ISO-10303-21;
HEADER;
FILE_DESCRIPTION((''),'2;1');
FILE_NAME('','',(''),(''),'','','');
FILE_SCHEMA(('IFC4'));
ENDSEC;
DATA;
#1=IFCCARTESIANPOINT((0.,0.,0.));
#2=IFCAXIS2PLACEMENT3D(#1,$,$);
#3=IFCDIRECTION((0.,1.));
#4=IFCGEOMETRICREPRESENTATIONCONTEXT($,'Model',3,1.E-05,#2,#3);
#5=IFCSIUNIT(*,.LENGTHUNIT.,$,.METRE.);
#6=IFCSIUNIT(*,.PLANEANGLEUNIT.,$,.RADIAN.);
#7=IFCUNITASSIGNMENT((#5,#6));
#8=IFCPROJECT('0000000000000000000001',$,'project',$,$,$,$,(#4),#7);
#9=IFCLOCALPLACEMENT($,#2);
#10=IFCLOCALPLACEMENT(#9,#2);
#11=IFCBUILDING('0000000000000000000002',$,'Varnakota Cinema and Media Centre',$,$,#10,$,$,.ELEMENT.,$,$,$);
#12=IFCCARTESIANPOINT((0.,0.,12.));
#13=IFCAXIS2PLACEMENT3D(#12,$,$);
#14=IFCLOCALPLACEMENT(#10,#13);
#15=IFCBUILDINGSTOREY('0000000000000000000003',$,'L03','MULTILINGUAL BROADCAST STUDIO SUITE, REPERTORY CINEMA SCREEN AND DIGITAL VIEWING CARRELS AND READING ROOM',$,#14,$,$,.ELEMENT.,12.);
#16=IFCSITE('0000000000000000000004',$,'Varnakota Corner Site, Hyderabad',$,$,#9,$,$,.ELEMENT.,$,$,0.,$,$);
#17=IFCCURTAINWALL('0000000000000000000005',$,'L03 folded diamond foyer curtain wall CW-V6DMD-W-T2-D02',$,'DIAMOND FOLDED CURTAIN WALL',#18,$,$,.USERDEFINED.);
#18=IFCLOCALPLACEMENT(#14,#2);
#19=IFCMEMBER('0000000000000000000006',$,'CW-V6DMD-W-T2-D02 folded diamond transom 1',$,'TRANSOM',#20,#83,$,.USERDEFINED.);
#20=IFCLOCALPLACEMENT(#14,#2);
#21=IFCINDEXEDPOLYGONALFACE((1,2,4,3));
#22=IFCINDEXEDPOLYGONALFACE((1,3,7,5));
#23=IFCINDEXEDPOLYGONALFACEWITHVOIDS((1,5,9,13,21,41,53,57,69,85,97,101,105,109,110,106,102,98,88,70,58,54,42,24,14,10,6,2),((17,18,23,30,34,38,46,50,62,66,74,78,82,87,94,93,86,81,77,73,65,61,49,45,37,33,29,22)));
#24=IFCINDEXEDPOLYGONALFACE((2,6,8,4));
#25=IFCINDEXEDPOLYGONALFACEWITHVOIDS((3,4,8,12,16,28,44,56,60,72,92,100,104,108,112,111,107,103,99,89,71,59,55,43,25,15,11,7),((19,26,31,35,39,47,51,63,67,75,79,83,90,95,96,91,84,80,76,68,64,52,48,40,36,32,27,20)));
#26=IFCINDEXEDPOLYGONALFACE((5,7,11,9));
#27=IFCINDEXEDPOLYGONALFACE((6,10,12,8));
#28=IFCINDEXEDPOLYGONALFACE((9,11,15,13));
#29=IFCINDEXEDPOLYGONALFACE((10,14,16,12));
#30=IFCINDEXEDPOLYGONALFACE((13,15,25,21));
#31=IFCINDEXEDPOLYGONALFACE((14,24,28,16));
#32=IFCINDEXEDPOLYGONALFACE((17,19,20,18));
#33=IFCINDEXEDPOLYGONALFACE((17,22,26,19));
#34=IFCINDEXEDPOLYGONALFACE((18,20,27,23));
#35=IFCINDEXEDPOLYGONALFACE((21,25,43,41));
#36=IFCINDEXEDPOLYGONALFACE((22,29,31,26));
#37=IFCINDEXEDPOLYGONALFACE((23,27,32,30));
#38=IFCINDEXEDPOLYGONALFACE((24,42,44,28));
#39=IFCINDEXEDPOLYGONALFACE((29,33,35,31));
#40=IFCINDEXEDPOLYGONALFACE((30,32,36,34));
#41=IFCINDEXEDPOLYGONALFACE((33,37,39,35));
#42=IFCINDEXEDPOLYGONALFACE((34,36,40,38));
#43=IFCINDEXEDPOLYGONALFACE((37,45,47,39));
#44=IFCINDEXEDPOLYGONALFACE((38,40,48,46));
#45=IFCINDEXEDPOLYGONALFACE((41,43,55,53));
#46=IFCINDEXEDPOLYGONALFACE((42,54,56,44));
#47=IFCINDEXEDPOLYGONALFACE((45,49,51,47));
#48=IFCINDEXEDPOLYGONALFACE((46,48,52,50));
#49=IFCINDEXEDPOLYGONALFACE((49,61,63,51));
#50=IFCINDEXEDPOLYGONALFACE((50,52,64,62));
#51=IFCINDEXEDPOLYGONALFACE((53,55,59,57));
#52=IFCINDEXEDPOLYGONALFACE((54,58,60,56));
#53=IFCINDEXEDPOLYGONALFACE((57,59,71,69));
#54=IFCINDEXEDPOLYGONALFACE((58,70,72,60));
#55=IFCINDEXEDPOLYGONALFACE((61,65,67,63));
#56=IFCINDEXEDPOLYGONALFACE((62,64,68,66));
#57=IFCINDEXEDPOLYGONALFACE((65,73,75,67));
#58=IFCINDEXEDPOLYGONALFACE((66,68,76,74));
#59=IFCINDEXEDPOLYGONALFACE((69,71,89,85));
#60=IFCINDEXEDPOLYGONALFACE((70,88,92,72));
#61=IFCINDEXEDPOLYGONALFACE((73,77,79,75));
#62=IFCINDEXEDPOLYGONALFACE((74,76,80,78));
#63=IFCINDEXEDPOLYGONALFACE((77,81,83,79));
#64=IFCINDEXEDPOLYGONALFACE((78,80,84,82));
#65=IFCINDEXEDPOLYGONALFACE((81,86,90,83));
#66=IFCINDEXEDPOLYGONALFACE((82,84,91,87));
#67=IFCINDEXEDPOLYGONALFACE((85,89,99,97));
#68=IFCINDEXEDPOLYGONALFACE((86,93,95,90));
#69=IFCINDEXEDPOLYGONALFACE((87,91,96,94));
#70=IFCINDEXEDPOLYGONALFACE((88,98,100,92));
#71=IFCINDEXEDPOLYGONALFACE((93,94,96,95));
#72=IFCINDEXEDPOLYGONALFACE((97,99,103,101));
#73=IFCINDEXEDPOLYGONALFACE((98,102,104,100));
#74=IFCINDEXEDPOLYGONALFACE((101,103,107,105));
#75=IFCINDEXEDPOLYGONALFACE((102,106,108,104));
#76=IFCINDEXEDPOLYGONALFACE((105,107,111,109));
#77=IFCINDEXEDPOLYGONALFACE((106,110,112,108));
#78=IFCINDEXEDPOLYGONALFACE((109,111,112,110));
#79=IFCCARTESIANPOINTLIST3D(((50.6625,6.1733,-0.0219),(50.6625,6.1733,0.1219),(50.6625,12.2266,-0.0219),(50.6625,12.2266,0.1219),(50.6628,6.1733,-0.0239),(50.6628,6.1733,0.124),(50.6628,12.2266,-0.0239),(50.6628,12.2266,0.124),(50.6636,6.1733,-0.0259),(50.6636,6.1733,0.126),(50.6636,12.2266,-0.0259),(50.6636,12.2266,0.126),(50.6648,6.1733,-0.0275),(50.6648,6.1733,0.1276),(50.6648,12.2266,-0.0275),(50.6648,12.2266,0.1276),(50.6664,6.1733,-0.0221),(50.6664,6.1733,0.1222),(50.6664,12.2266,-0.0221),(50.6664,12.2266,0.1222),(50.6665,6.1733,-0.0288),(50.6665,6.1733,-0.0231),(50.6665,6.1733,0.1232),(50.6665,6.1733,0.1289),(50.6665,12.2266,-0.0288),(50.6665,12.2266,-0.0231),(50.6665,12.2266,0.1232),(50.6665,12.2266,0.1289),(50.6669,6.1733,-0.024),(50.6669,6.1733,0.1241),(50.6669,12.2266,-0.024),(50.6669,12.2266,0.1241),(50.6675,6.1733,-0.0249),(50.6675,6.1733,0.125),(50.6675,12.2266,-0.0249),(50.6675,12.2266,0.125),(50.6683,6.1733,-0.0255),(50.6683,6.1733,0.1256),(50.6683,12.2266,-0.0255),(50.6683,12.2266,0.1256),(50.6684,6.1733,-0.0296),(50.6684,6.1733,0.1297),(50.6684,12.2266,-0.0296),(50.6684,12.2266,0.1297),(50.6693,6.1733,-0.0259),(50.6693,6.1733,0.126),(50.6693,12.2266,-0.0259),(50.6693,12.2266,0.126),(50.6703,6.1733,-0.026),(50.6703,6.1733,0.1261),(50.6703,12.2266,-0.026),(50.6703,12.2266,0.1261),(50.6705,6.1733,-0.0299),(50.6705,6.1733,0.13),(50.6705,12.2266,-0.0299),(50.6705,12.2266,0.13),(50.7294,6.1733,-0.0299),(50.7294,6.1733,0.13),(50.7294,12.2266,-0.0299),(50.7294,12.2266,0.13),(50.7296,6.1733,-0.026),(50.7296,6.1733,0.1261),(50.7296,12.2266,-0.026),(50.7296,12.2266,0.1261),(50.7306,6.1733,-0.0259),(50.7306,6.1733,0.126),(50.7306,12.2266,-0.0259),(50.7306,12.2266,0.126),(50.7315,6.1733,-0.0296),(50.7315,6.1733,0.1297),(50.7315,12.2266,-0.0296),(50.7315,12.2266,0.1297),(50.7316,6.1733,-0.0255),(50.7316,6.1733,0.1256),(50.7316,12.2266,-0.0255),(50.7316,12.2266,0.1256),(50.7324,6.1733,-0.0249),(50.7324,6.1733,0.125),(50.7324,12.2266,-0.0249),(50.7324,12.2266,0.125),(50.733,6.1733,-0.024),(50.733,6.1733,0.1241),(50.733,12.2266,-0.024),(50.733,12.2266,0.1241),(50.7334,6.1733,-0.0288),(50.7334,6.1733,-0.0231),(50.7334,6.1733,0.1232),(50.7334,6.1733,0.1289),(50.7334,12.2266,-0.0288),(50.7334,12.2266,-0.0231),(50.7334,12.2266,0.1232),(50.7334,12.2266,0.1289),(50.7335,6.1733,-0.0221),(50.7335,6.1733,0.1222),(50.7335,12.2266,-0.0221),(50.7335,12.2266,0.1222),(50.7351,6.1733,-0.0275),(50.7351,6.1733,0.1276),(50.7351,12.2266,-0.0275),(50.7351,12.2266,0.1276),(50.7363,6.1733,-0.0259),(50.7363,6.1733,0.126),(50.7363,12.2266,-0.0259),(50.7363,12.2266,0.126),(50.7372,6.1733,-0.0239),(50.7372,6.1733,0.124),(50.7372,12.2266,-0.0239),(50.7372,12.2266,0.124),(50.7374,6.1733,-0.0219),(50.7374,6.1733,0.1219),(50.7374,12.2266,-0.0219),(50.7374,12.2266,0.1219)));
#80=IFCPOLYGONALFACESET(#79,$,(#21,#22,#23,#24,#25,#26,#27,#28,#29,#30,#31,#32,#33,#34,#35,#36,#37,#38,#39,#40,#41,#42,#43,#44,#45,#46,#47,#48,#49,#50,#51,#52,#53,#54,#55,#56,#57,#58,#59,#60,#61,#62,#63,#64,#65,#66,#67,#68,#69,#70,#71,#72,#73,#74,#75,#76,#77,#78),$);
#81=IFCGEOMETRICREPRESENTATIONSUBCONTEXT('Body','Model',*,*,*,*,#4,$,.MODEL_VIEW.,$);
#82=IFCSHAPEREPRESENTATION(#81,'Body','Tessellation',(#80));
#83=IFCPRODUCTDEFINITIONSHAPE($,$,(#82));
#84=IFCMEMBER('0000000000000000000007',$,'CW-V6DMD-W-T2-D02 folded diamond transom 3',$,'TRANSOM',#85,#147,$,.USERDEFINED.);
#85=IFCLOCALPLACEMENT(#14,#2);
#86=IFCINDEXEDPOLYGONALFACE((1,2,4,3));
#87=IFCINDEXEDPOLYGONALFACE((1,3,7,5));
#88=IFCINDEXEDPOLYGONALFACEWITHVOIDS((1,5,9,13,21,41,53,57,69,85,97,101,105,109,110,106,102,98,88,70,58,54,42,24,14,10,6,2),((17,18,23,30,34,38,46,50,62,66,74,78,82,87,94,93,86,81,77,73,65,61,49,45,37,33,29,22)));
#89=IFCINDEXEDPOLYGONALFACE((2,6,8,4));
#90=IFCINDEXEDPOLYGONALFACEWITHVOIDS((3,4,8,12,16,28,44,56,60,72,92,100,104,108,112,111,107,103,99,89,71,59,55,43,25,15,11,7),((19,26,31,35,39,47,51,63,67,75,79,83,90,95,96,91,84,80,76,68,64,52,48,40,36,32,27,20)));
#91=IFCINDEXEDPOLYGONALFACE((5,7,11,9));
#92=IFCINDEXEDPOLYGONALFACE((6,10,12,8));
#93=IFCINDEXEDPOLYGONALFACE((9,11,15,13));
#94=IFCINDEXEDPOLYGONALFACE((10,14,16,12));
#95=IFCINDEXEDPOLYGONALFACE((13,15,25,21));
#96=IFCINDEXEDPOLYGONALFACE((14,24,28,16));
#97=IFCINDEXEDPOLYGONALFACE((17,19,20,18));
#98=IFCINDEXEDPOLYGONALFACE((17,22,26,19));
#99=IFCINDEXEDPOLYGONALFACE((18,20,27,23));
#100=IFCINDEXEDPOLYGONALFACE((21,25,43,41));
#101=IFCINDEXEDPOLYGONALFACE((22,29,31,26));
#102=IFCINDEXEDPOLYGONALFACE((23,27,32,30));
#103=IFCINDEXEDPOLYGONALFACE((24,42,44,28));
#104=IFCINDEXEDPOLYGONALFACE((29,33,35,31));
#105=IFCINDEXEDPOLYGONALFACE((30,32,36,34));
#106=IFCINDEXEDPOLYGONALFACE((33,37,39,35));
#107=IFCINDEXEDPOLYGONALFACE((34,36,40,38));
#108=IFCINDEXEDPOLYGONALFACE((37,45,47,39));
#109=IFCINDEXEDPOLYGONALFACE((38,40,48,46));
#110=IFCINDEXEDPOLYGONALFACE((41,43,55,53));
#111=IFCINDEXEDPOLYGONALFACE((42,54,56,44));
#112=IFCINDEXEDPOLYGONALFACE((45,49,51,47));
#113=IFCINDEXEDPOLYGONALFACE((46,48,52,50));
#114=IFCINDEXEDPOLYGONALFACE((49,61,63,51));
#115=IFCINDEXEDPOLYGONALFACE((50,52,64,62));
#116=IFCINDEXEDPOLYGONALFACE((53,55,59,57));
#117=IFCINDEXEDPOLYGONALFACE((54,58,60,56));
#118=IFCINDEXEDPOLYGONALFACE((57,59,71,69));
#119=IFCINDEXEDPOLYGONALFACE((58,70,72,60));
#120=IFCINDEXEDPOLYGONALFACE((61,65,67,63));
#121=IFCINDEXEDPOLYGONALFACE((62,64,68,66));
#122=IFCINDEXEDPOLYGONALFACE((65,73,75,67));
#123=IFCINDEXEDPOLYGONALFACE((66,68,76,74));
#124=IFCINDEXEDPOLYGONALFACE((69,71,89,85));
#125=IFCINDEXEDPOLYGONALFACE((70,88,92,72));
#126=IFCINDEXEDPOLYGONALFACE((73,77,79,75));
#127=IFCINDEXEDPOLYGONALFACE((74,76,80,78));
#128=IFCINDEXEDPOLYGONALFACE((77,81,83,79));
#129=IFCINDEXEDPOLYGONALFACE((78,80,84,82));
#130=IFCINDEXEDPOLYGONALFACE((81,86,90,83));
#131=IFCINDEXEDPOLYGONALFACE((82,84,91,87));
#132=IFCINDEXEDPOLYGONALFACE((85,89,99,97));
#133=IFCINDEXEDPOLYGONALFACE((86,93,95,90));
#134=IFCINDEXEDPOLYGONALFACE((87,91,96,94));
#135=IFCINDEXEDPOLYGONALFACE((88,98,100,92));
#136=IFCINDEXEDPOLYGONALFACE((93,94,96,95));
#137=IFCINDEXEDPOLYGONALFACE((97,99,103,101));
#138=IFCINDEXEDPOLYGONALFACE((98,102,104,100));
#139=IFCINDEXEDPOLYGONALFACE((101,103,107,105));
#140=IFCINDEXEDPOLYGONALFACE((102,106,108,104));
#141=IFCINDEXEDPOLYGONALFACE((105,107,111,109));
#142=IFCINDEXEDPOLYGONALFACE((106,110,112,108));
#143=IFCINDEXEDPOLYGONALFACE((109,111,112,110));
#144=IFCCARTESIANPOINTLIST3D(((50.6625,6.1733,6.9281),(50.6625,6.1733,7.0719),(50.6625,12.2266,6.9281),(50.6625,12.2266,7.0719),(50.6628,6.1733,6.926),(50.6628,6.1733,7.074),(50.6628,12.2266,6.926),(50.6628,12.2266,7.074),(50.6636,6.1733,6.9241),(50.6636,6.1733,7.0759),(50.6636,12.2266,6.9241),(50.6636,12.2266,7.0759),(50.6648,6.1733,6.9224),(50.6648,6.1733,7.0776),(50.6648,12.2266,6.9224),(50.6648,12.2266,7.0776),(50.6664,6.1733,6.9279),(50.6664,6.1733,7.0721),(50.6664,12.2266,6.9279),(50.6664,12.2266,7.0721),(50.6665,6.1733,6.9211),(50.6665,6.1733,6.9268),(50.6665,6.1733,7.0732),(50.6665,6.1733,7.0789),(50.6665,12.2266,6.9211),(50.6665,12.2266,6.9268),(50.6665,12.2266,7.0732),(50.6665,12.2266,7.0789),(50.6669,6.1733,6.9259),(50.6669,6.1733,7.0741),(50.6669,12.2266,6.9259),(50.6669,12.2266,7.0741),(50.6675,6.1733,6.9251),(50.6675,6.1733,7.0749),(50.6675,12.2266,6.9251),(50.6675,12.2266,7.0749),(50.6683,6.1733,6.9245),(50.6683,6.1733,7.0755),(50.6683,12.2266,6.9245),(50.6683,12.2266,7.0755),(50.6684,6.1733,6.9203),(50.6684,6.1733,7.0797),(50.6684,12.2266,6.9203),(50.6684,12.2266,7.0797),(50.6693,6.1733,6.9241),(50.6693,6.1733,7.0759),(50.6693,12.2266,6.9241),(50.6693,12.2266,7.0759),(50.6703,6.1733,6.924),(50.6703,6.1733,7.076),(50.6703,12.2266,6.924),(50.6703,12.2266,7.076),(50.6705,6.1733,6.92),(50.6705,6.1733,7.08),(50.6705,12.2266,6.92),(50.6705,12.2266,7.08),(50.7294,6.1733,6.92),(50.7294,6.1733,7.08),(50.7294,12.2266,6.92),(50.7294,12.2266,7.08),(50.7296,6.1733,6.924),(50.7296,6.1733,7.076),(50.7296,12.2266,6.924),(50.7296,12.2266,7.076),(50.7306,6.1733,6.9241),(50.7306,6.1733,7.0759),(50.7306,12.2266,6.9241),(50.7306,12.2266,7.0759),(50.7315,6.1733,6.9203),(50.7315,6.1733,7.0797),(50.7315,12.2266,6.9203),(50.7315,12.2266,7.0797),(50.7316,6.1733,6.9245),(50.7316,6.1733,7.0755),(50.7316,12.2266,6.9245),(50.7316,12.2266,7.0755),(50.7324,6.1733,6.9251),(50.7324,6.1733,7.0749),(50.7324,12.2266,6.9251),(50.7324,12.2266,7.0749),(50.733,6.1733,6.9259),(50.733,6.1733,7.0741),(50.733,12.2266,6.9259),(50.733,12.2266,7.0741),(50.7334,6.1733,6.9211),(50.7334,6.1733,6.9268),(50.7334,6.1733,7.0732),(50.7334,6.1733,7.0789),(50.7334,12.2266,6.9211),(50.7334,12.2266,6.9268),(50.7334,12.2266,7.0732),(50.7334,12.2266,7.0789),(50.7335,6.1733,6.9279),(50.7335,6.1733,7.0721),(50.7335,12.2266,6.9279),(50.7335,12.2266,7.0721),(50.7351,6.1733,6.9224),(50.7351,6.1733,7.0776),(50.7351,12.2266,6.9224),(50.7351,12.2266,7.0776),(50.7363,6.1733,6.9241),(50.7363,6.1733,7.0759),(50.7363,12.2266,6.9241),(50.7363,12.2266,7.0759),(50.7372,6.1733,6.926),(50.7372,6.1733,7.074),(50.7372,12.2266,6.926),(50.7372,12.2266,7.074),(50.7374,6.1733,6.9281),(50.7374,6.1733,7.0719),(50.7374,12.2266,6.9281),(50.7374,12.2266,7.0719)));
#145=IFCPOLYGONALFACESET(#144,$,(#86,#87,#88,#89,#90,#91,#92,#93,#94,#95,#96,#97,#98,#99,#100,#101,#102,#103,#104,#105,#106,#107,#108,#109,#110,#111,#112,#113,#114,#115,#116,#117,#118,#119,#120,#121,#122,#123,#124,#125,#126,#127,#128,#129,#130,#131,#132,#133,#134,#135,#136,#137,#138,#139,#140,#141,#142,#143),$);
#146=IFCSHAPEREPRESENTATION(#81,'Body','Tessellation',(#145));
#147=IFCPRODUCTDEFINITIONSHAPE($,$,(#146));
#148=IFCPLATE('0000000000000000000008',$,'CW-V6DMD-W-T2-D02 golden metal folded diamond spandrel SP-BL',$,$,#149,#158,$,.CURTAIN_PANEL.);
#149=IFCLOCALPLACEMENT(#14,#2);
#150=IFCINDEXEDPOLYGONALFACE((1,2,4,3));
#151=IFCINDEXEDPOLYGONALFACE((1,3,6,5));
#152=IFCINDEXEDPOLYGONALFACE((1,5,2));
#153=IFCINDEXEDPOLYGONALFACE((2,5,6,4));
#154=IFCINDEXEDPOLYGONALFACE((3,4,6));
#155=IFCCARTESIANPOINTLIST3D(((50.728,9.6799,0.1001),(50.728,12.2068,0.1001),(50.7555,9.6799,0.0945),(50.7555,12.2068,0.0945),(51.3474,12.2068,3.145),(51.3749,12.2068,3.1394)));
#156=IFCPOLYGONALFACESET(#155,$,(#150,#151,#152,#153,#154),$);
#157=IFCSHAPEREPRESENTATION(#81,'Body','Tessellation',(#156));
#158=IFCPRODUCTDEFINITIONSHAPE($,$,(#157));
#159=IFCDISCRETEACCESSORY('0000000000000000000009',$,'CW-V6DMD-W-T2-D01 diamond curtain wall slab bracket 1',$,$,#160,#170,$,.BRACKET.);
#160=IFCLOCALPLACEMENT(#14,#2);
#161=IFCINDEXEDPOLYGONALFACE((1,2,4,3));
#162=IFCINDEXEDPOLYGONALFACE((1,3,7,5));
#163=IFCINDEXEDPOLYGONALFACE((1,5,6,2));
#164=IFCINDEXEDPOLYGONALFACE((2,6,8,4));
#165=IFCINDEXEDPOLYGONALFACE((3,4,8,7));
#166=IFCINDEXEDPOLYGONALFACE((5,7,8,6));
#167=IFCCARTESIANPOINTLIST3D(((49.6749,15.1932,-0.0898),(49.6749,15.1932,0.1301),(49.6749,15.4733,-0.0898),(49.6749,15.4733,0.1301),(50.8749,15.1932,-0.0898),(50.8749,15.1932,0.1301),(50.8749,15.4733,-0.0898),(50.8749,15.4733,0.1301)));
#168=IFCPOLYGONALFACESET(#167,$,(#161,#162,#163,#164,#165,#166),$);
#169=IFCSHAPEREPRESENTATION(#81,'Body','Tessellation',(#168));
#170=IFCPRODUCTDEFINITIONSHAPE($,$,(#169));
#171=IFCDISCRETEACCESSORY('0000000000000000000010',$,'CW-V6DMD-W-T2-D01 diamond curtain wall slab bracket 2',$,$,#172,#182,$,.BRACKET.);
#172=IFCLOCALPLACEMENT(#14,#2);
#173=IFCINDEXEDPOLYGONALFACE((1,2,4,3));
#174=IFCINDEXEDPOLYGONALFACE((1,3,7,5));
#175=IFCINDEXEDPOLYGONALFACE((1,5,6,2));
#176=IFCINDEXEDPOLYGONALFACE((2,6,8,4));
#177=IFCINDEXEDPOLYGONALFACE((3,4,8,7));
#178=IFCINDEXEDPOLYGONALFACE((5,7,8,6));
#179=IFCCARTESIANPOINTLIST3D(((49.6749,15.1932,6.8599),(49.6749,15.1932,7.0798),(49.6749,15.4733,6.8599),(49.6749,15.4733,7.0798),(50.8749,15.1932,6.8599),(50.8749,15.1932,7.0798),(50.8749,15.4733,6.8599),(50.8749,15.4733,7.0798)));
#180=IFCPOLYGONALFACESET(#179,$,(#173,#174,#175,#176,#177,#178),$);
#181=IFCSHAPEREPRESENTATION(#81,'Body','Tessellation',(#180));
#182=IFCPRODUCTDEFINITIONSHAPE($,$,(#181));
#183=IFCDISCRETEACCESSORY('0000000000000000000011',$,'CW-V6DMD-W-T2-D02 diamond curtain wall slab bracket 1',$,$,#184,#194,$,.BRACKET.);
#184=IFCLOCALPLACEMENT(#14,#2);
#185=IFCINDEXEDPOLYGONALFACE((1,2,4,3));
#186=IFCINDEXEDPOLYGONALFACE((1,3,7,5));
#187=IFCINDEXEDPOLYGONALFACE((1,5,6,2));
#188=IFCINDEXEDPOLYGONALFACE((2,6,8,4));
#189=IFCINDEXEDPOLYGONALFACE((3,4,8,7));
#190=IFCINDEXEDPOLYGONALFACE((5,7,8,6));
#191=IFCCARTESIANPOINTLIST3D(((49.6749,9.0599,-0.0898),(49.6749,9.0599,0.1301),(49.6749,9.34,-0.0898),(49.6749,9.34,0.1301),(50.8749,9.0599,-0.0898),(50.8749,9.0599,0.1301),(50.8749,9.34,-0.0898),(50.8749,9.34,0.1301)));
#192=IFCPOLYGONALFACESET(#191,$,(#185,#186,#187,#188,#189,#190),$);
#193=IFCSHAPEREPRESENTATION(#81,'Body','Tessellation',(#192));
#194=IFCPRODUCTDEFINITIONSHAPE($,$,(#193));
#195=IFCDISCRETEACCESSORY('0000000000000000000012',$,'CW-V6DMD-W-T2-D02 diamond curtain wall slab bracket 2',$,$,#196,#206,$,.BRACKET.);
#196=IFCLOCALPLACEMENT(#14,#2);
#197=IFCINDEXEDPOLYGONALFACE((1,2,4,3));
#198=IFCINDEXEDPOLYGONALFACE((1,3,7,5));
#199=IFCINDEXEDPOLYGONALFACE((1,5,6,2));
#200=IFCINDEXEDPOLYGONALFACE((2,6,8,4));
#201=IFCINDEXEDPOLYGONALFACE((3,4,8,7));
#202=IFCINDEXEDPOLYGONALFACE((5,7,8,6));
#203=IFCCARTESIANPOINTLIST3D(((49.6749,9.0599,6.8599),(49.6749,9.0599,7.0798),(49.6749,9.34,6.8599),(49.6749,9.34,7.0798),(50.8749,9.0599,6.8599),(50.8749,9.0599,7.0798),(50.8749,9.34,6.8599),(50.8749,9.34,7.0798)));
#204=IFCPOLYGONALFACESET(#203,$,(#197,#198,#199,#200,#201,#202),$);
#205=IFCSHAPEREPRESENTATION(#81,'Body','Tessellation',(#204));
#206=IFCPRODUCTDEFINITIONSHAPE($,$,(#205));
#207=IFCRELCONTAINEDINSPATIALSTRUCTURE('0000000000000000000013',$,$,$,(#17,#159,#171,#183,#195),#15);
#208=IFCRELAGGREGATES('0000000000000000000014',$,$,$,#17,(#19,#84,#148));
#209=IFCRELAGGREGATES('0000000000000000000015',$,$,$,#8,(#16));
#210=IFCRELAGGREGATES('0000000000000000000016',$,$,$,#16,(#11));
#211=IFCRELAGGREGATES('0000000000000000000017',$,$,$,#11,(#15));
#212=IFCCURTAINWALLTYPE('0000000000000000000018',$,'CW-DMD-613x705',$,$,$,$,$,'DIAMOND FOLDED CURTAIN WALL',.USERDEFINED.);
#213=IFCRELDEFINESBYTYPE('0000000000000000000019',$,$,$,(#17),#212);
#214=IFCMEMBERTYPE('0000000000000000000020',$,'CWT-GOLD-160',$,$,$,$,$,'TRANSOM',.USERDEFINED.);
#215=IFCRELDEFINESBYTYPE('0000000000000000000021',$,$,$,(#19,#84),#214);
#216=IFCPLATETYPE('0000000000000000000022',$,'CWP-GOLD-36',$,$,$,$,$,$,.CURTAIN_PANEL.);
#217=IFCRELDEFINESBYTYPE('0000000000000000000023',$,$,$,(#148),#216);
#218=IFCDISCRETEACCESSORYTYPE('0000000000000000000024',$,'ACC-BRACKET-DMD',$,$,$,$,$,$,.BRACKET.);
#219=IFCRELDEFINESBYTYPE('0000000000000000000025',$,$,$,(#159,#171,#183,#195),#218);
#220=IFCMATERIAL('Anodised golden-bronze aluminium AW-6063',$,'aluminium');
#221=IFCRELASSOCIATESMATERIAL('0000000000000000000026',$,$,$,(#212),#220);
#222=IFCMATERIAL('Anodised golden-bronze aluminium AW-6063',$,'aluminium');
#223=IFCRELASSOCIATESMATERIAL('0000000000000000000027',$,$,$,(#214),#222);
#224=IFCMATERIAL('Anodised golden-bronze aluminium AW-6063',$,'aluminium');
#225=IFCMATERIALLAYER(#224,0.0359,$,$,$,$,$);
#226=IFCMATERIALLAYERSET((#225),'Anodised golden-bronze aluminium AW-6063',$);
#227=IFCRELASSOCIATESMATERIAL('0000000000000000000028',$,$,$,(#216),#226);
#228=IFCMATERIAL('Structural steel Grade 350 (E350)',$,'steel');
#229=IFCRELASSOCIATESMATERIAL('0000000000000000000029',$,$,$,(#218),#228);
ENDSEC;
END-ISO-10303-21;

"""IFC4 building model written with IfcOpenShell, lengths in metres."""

from ifc_helpers import new_model, si_unit, direction, frame, origin, origin_2d, place, context, subcontext, project, spatial, polyline, rectangle, hollow_rectangle, outline, extrude, material, layer, layer_set, material_profile, profile_set, type_object, element, aggregate, save


model = new_model("IFC4")

# Units and contexts
model_context = context("Model", 3, precision=1e-05, world=origin(), true_north=direction((0.0, 1.0)))
body_context = subcontext(model_context, "Body", "Model", "MODEL_VIEW")
ifc_project = project(units=[si_unit("LENGTHUNIT", "METRE"), si_unit("PLANEANGLEUNIT", "RADIAN")], contexts=[model_context])

# Site, building, storey
site_placement = place(None, origin())
site = spatial("IfcSite", under=ifc_project, at=site_placement, Name="Varnakota Corner Site, Hyderabad", CompositionType="ELEMENT", RefElevation=0.0)
building_placement = place(site_placement, origin())
building = spatial("IfcBuilding", under=site, at=building_placement, Name="Varnakota Cinema and Media Centre", CompositionType="ELEMENT")
storey_placement = place(building_placement, frame((0.0, 0.0, 12.0)))
storey = spatial("IfcBuildingStorey", under=building, at=storey_placement, Name="L03", Description="MULTILINGUAL BROADCAST STUDIO SUITE, REPERTORY CINEMA SCREEN AND DIGITAL VIEWING CARRELS AND READING ROOM", CompositionType="ELEMENT", Elevation=12.0)

# Curtain wall
ifc_material_1 = material(Name="Anodised golden-bronze aluminium AW-6063", Category="aluminium")
curtain_wall_type = type_object("IfcCurtainWallType", Name="CW-DMD-613x705", ElementType="DIAMOND FOLDED CURTAIN WALL", PredefinedType="USERDEFINED", material=ifc_material_1)
curtain_wall_1_placement = place(storey_placement, origin())
curtain_wall_1 = element("IfcCurtainWall", 1, at=curtain_wall_1_placement, inside=storey, type_object=curtain_wall_type, Name="L03 folded diamond foyer curtain wall CW-V6DMD-W-T2-D02", ObjectType="DIAMOND FOLDED CURTAIN WALL", PredefinedType="USERDEFINED")

# Members
ifc_material_2 = material(Name="Anodised golden-bronze aluminium AW-6063", Category="aluminium")
ifc_material_profile_1 = material_profile(ifc_material_2, hollow_rectangle(XDim=0.075, YDim=0.1599, WallThickness=0.0039, InnerFilletRadius=0.0039, OuterFilletRadius=0.0081, at=origin_2d()), Name="AL-TRANSOM 160x75x4")
ifc_profile_set_1 = profile_set([ifc_material_profile_1], Name="Anodised golden-bronze aluminium AW-6063")
member_type_1 = type_object("IfcMemberType", Name="CWT-GOLD-160", ElementType="TRANSOM", PredefinedType="USERDEFINED", material=ifc_profile_set_1)
member_1_placement = place(storey_placement, frame((50.7, 12.2266, 0.05), z_axis=(0.0, -1.0, 0.0), x_axis=(1.0, 0.0, 0.0)))
member_1 = element("IfcMember", 2, at=member_1_placement, type_object=member_type_1, Name="CW-V6DMD-W-T2-D02 folded diamond transom 1", ObjectType="TRANSOM", PredefinedType="USERDEFINED", context=body_context, shape_type="SweptSolid", body=[
    extrude(hollow_rectangle(XDim=0.075, YDim=0.1599, WallThickness=0.0039, InnerFilletRadius=0.0039, OuterFilletRadius=0.0081, at=origin_2d()), origin(), (0.0, 0.0, 1.0), 6.0532),
])
member_2_placement = place(storey_placement, frame((50.7, 12.2266, 7.0), z_axis=(0.0, -1.0, 0.0), x_axis=(1.0, 0.0, 0.0)))
member_2 = element("IfcMember", 3, at=member_2_placement, type_object=member_type_1, Name="CW-V6DMD-W-T2-D02 folded diamond transom 3", ObjectType="TRANSOM", PredefinedType="USERDEFINED", context=body_context, shape_type="SweptSolid", body=[
    extrude(hollow_rectangle(XDim=0.075, YDim=0.1599, WallThickness=0.0039, InnerFilletRadius=0.0039, OuterFilletRadius=0.0081, at=origin_2d()), origin(), (0.0, 0.0, 1.0), 6.0532),
])

# Plate
ifc_material_3 = material(Name="Anodised golden-bronze aluminium AW-6063", Category="aluminium")
ifc_layer = layer(ifc_material_3, 0.0359)
ifc_layer_set = layer_set([ifc_layer], Name="Anodised golden-bronze aluminium AW-6063")
plate_type = type_object("IfcPlateType", Name="CWP-GOLD-36", PredefinedType="CURTAIN_PANEL", material=ifc_layer_set)
plate_placement = place(storey_placement, frame((50.728, 12.2068, 0.1001), z_axis=(-0.979932, 0.0, 0.199333), x_axis=(0.0, -1.0, 0.0)))
plate = element("IfcPlate", 4, at=plate_placement, type_object=plate_type, Name="CW-V6DMD-W-T2-D02 golden metal folded diamond spandrel SP-BL", PredefinedType="CURTAIN_PANEL", context=body_context, shape_type="SweptSolid", body=[
    extrude(outline(polyline([(0.0, 0.0), (2.5269, 0.0), (0.0, 3.1073), (0.0, 0.0)])), origin(), (0.0, 0.0, -1.0), 0.0281),
])
aggregate(curtain_wall_1, [member_1, member_2, plate])

# Discrete accessories
ifc_material_4 = material(Name="Structural steel Grade 350 (E350)", Category="steel")
discrete_accessory_type = type_object("IfcDiscreteAccessoryType", Name="ACC-BRACKET-DMD", PredefinedType="BRACKET", material=ifc_material_4)
for number, where, z_axis, x_axis, name in (
    (5, (50.2749, 15.3333, -0.0898), (0.0, 0.0, 1.0), (0.0, -1.0, 0.0), "CW-V6DMD-W-T2-D01 diamond curtain wall slab bracket 1"),
    (6, (50.2749, 15.3333, 6.8599), (0.0, 0.0, 1.0), (0.0, -1.0, 0.0), "CW-V6DMD-W-T2-D01 diamond curtain wall slab bracket 2"),
    (7, (50.2749, 9.2, -0.0898), (0.0, 0.0, 1.0), (0.0, -1.0, 0.0), "CW-V6DMD-W-T2-D02 diamond curtain wall slab bracket 1"),
    (8, (50.2749, 9.2, 6.8599), (0.0, 0.0, 1.0), (0.0, -1.0, 0.0), "CW-V6DMD-W-T2-D02 diamond curtain wall slab bracket 2"),
):
    element("IfcDiscreteAccessory", number, at=place(storey_placement, frame(where, z_axis=z_axis, x_axis=x_axis)), inside=storey, type_object=discrete_accessory_type, Name=name, PredefinedType="BRACKET", context=body_context, shape_type="SweptSolid", body=[
        extrude(rectangle(XDim=0.28, YDim=1.2, at=origin_2d()), origin(), (0.0, 0.0, 1.0), 0.22),
    ])

save(model, "model.ifc")
